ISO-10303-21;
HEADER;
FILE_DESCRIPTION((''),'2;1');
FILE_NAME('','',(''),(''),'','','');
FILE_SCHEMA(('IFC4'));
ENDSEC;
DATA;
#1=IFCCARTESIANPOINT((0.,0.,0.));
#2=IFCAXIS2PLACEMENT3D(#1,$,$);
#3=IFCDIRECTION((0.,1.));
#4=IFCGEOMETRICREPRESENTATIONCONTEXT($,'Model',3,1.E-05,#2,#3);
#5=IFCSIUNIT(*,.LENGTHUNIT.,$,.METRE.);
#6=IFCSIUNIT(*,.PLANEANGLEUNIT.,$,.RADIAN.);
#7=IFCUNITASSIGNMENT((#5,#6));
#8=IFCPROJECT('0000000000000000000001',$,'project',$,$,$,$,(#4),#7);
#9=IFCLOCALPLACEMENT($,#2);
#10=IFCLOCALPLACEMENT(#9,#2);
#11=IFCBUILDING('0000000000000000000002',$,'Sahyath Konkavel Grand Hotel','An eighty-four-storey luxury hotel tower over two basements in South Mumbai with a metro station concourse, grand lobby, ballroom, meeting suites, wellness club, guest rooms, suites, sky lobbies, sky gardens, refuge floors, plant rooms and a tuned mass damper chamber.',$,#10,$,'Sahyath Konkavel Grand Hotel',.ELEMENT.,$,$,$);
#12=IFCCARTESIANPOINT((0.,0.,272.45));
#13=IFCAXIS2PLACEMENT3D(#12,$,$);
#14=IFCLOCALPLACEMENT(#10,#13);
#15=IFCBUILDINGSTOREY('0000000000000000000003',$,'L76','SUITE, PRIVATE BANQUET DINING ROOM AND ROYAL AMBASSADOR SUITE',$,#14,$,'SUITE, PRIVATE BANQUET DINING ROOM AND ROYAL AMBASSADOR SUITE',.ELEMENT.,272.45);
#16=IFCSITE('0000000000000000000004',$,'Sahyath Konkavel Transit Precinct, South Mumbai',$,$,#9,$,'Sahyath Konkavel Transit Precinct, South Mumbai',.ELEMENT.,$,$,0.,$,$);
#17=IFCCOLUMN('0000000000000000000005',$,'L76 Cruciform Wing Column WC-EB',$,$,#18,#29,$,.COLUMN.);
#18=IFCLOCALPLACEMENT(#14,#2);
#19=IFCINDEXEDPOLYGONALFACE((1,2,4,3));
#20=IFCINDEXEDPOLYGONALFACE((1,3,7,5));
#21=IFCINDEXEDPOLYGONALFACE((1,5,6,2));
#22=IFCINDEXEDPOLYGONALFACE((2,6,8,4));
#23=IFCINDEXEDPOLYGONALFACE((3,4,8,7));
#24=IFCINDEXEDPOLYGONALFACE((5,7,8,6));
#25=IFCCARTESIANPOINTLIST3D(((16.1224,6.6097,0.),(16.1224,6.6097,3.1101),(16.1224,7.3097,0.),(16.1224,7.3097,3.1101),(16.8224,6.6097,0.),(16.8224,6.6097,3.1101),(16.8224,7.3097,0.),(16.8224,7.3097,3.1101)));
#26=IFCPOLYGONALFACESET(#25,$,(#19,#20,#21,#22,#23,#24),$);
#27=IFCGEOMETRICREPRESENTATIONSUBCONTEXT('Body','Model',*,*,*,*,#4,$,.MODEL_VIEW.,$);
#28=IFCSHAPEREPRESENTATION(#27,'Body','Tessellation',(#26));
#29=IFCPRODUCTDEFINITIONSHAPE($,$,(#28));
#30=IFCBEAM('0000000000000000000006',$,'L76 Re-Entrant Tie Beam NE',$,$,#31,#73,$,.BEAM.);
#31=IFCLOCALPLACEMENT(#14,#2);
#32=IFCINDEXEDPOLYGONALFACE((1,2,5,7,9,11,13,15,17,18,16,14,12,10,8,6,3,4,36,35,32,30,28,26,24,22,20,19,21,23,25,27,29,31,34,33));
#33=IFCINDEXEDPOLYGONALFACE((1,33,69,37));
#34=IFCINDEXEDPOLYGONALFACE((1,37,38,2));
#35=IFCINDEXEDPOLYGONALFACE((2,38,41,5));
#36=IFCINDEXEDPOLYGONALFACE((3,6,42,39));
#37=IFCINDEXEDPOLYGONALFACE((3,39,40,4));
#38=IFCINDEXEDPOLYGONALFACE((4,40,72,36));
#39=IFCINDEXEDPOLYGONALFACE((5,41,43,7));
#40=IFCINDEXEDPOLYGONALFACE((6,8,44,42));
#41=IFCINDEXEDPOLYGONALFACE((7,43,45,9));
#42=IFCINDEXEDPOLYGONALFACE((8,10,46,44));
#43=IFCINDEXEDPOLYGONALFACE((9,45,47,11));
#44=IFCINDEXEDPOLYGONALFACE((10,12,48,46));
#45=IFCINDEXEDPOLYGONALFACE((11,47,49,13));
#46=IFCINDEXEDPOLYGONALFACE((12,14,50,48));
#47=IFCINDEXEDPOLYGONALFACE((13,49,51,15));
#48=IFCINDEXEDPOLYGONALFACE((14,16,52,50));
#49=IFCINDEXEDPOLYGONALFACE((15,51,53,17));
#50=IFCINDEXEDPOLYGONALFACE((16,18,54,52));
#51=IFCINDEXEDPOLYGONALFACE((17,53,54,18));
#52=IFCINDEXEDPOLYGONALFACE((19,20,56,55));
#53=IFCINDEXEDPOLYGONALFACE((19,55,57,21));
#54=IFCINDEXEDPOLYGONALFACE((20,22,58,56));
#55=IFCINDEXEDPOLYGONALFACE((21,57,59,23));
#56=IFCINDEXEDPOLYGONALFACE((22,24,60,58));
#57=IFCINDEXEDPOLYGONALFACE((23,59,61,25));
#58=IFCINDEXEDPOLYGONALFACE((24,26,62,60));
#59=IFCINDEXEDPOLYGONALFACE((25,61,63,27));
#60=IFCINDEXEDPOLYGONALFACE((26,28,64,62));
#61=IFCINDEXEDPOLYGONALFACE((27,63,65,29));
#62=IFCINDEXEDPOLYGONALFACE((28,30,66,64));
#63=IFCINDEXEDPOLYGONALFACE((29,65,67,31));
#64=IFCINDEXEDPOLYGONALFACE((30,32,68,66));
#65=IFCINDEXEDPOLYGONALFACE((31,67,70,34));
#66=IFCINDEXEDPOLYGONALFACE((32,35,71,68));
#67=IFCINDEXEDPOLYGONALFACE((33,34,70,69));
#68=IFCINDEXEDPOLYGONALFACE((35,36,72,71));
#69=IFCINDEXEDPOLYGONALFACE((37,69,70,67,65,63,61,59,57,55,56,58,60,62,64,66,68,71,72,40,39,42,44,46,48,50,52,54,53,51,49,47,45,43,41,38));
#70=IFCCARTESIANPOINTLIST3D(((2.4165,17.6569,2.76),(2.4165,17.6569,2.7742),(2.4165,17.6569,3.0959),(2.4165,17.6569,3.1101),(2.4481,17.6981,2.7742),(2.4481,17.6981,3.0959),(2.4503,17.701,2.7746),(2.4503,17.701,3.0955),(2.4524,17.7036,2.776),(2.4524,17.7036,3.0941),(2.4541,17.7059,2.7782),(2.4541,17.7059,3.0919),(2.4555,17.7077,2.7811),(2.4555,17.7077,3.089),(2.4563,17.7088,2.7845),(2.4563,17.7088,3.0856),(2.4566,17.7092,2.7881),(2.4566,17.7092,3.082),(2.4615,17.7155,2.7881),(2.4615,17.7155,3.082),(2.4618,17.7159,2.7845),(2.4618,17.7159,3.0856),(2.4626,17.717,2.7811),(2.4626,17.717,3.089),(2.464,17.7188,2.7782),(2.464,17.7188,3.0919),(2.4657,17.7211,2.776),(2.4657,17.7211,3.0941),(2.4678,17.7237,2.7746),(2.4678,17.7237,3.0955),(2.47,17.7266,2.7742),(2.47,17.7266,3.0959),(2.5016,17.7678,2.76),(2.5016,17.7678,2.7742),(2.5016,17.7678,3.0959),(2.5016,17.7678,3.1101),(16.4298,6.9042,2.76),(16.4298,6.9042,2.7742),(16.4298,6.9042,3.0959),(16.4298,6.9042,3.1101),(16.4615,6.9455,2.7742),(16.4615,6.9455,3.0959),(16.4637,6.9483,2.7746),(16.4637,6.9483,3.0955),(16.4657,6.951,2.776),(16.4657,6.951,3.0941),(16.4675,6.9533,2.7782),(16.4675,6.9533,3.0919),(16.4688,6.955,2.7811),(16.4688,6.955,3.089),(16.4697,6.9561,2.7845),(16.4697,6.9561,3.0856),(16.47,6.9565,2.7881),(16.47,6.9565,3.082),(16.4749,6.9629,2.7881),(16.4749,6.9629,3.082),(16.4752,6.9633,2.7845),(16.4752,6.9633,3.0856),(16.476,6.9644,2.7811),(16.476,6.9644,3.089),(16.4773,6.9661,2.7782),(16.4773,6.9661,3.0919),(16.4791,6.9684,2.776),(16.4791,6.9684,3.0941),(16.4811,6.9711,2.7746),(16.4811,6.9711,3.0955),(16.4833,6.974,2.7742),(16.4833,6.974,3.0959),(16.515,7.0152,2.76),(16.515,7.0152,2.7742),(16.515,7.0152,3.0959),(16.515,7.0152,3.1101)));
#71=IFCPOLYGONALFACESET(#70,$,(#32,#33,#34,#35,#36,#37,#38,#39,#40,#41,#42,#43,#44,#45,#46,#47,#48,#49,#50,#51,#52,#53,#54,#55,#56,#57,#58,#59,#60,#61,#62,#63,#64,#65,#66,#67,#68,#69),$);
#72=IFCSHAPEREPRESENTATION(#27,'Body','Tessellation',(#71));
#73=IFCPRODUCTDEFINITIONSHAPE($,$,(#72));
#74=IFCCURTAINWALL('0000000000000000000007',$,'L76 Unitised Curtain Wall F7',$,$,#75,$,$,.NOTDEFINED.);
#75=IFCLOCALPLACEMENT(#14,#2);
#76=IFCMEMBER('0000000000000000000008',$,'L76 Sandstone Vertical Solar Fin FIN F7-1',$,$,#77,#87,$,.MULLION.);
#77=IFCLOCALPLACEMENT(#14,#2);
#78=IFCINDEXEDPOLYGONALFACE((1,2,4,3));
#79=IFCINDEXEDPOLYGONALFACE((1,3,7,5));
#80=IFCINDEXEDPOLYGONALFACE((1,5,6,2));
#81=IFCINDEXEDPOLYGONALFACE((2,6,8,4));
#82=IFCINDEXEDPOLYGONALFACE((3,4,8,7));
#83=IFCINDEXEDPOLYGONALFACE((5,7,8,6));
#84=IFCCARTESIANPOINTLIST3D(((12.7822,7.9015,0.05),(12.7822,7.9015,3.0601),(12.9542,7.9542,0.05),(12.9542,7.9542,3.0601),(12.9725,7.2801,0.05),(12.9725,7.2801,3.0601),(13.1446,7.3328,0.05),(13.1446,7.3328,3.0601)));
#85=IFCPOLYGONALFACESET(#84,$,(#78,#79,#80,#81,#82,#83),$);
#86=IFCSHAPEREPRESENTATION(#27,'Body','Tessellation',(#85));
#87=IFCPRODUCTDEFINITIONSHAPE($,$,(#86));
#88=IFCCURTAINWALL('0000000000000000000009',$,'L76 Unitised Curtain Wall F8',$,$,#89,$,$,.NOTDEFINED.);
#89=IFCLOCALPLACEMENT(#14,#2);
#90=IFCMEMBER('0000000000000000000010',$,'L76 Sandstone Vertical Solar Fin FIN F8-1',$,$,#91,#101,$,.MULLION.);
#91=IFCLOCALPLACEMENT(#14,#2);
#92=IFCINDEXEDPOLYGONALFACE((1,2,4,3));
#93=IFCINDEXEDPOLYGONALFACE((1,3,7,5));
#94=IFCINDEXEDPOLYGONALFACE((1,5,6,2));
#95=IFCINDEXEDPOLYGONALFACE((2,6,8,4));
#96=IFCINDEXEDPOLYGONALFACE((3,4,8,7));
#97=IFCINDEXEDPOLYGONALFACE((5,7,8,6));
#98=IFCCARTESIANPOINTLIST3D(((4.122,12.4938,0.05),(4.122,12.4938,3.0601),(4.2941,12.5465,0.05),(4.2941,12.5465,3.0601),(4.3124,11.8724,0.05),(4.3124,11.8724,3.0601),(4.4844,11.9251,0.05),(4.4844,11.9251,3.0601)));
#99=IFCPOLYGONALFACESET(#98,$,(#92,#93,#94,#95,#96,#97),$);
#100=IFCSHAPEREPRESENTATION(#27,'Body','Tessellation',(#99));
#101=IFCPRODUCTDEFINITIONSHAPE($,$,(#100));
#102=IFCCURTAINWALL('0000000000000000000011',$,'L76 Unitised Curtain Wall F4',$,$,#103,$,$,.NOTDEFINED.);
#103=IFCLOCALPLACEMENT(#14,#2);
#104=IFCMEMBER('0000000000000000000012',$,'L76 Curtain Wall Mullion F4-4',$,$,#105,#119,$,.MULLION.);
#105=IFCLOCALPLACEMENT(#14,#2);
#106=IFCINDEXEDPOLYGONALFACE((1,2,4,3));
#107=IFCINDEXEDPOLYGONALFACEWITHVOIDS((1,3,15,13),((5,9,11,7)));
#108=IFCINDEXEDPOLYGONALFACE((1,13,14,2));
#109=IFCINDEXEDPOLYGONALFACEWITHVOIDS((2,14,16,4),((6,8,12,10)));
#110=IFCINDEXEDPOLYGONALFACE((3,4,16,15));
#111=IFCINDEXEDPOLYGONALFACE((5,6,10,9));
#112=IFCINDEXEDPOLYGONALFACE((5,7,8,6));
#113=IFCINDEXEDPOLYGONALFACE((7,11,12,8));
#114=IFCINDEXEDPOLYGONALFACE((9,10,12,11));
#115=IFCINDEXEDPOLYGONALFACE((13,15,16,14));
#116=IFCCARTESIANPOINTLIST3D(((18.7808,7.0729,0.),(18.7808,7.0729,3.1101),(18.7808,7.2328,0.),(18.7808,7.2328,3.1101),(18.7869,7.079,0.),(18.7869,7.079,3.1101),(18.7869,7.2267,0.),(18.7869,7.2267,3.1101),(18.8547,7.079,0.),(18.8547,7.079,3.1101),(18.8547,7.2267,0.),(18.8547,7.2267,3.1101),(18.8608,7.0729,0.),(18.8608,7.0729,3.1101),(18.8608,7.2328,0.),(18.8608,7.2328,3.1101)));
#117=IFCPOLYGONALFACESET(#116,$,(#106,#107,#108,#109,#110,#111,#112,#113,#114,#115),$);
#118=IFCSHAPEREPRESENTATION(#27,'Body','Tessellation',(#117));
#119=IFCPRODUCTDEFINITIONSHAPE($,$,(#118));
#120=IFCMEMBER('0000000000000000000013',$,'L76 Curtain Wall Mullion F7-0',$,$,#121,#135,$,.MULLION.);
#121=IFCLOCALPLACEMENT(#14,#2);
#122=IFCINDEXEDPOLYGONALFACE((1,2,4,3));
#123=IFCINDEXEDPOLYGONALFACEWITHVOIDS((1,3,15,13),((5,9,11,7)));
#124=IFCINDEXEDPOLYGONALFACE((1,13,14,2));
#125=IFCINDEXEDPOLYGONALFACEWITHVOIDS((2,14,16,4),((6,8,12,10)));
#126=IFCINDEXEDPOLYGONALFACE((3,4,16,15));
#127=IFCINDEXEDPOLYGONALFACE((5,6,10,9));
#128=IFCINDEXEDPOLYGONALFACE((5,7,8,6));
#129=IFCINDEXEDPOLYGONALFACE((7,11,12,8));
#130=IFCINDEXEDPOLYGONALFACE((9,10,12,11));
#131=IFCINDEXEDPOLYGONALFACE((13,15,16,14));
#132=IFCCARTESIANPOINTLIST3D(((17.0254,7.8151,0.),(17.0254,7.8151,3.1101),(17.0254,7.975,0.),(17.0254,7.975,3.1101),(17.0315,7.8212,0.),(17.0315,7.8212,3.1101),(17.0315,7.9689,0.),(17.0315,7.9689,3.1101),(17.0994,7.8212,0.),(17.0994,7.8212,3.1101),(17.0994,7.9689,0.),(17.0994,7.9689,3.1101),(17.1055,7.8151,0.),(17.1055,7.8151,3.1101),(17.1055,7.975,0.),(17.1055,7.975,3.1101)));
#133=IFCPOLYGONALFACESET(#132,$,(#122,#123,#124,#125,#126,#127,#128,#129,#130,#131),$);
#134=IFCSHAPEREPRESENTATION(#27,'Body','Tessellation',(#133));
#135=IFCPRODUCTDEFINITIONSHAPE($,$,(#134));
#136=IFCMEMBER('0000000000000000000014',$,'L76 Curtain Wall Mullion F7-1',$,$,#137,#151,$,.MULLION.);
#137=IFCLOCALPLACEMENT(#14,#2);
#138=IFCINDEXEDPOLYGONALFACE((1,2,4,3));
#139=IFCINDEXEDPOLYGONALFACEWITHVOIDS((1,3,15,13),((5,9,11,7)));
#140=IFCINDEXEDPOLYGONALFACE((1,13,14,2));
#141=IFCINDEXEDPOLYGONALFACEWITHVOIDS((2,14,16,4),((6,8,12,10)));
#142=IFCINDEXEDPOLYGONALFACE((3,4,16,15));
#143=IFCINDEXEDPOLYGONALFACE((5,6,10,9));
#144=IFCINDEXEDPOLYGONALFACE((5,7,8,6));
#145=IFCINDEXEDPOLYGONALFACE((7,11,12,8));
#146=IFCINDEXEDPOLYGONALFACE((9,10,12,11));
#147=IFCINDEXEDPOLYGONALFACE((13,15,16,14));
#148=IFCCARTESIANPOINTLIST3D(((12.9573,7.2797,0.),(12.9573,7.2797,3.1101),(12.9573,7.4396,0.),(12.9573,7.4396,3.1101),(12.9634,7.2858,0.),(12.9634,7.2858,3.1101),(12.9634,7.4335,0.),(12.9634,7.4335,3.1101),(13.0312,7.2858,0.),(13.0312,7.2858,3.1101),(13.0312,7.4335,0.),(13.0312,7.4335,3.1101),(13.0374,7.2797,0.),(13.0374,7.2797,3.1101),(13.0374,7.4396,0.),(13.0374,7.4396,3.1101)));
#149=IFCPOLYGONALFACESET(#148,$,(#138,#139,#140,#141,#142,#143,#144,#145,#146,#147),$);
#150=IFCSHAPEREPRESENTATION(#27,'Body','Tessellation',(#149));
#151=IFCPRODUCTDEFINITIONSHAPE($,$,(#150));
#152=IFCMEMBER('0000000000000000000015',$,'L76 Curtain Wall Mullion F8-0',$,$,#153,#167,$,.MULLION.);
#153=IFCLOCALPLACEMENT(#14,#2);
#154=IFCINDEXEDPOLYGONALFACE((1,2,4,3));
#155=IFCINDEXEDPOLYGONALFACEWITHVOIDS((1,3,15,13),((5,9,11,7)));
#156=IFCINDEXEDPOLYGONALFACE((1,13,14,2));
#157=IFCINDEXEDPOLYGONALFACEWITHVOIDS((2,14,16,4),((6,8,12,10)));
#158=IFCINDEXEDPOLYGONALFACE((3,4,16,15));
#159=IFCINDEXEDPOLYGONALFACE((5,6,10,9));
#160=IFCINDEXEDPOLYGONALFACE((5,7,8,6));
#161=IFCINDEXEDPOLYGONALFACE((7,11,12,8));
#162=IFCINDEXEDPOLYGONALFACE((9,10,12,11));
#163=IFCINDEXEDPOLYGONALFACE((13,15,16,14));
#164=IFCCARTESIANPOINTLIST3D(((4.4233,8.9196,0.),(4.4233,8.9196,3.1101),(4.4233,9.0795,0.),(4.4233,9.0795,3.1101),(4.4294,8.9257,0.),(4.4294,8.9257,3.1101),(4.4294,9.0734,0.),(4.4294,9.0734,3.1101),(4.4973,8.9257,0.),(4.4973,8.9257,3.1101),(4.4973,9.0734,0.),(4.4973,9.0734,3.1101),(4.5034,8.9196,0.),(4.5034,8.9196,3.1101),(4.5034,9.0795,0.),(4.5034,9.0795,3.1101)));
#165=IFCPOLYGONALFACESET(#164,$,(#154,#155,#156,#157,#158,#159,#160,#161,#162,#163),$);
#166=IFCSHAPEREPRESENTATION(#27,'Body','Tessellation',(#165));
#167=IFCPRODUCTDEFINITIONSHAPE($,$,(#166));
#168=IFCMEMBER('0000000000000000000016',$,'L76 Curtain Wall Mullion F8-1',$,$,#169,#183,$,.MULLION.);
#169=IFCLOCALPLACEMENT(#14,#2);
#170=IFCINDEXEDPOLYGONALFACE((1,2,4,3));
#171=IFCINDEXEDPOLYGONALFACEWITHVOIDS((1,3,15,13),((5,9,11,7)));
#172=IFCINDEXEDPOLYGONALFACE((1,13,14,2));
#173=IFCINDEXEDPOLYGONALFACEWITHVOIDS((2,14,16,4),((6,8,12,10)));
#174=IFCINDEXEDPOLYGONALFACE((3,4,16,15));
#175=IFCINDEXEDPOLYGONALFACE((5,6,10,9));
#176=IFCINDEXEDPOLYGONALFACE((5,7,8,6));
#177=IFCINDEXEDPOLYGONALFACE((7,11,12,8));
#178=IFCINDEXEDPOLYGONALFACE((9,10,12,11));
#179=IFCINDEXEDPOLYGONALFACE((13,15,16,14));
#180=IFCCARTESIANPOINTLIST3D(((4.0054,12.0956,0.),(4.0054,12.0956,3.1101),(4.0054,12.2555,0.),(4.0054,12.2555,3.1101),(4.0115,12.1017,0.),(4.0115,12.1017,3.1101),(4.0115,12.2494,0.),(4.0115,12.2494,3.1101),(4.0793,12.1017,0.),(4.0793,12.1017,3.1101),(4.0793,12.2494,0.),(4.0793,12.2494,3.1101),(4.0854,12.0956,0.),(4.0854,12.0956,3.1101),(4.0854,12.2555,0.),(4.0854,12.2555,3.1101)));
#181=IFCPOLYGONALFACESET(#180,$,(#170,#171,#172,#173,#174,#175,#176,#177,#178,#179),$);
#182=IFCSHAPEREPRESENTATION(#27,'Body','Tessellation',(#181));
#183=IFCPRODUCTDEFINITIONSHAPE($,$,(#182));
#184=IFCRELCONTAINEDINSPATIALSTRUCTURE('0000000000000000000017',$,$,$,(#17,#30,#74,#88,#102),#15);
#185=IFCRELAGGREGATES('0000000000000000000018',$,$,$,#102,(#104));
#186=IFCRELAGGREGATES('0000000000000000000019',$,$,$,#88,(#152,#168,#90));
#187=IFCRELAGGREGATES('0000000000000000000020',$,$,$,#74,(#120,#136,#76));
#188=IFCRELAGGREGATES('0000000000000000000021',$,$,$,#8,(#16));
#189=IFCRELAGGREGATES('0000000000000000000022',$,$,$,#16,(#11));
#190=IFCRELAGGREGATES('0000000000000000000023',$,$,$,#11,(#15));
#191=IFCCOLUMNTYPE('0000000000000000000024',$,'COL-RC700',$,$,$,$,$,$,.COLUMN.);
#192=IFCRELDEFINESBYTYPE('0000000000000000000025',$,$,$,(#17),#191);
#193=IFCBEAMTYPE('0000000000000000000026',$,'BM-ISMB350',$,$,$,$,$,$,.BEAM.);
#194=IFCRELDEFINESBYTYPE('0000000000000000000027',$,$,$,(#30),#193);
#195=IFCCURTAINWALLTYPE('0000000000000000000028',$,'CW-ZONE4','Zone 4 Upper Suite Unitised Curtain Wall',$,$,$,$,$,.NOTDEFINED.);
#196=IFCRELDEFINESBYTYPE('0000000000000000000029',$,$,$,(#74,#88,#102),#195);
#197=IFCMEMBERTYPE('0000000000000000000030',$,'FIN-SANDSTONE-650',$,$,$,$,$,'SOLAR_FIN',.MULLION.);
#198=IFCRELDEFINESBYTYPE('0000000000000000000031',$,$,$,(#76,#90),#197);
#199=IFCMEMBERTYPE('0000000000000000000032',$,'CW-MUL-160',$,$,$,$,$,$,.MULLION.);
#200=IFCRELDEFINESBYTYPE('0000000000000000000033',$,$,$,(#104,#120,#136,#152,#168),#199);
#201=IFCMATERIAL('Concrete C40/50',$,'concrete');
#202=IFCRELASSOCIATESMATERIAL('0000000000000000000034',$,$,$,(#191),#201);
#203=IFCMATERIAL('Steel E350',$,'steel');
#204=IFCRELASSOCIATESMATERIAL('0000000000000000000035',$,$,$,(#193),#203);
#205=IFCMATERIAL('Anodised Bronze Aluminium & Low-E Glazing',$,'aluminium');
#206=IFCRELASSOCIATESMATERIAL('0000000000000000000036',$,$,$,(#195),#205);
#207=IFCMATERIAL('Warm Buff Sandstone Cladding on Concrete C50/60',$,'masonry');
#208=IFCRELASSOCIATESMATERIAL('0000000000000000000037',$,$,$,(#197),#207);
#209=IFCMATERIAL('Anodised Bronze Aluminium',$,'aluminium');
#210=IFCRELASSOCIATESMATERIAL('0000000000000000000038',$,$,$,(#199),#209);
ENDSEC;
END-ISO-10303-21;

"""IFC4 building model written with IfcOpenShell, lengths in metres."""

from ifc_helpers import new_model, si_unit, direction, frame, origin, origin_2d, place, context, subcontext, project, spatial, rectangle, hollow_rectangle, i_section, extrude, source, transform, mapped, material, material_profile, profile_set, type_object, element, aggregate, save


model = new_model("IFC4")

# Units and contexts
model_context = context("Model", 3, precision=1e-05, world=origin(), true_north=direction((0.0, 1.0)))
body_context = subcontext(model_context, "Body", "Model", "MODEL_VIEW")
ifc_project = project(units=[si_unit("LENGTHUNIT", "METRE"), si_unit("PLANEANGLEUNIT", "RADIAN")], contexts=[model_context])

# Site, building, storey
site_placement = place(None, origin())
site = spatial("IfcSite", under=ifc_project, at=site_placement, Name="Sahyath Konkavel Transit Precinct, South Mumbai", LongName="Sahyath Konkavel Transit Precinct, South Mumbai", CompositionType="ELEMENT", RefElevation=0.0)
building_placement = place(site_placement, origin())
building = spatial("IfcBuilding", under=site, at=building_placement, Name="Sahyath Konkavel Grand Hotel", Description="An eighty-four-storey luxury hotel tower over two basements in South Mumbai with a metro station concourse, grand lobby, ballroom, meeting suites, wellness club, guest rooms, suites, sky lobbies, sky gardens, refuge floors, plant rooms and a tuned mass damper chamber.", LongName="Sahyath Konkavel Grand Hotel", CompositionType="ELEMENT")
storey_placement = place(building_placement, frame((0.0, 0.0, 272.45)))
storey = spatial("IfcBuildingStorey", under=building, at=storey_placement, Name="L76", Description="SUITE, PRIVATE BANQUET DINING ROOM AND ROYAL AMBASSADOR SUITE", LongName="SUITE, PRIVATE BANQUET DINING ROOM AND ROYAL AMBASSADOR SUITE", CompositionType="ELEMENT", Elevation=272.45)

# Column
ifc_material_1 = material(Name="Concrete C40/50", Category="concrete")
ifc_material_profile_1 = material_profile(ifc_material_1, rectangle(XDim=0.7, YDim=0.7, at=origin_2d()), Name="RC 700x700")
ifc_profile_set_1 = profile_set([ifc_material_profile_1], Name="Concrete C40/50")
column_type = type_object("IfcColumnType", Name="COL-RC700", PredefinedType="COLUMN", material=ifc_profile_set_1)
shared_shape_1 = source(origin(), body_context, "Body", "SweptSolid", [
    extrude(rectangle(XDim=0.7, YDim=0.7, at=origin_2d()), origin(), (0.0, 0.0, 1.0), 3.1101),
])
column_placement = place(storey_placement, frame((16.4724, 6.9597, 0.0), z_axis=(0.0, 0.0, 1.0), x_axis=(1.0, 0.0, 0.0)))
element("IfcColumn", 1, at=column_placement, inside=storey, type_object=column_type, Name="L76 Cruciform Wing Column WC-EB", PredefinedType="COLUMN", context=body_context, shape_type="MappedRepresentation", body=[
    mapped(shared_shape_1, transform((0.0, 0.0, 0.0), scale=1.0)),
])

# Beam
ifc_material_2 = material(Name="Steel E350", Category="steel")
ifc_material_profile_2 = material_profile(ifc_material_2, i_section(OverallWidth=0.1399, OverallDepth=0.3501, WebThickness=0.0081, FlangeThickness=0.0142, FilletRadius=0.0139, at=origin_2d()), Name="ISMB 350")
ifc_profile_set_2 = profile_set([ifc_material_profile_2], Name="Steel E350")
beam_type = type_object("IfcBeamType", Name="BM-ISMB350", PredefinedType="BEAM", material=ifc_profile_set_2)
shared_shape_2 = source(origin(), body_context, "Body", "SweptSolid", [
    extrude(i_section(OverallWidth=0.1399, OverallDepth=0.3501, WebThickness=0.0081, FlangeThickness=0.0142, FilletRadius=0.0139, at=origin_2d()), origin(), (0.0, 0.0, 1.0), 17.6633),
])
beam_placement = place(storey_placement, frame((16.4724, 6.9597, 2.9351), z_axis=(-0.793359, 0.608754, 0.0), x_axis=(-0.608754, -0.793359, 0.0)))
element("IfcBeam", 2, at=beam_placement, inside=storey, type_object=beam_type, Name="L76 Re-Entrant Tie Beam NE", PredefinedType="BEAM", context=body_context, shape_type="MappedRepresentation", body=[
    mapped(shared_shape_2, transform((0.0, 0.0, 0.0), scale=1.0)),
])

# Curtain walls, members
ifc_material_3 = material(Name="Anodised Bronze Aluminium & Low-E Glazing", Category="aluminium")
curtain_wall_type = type_object("IfcCurtainWallType", Name="CW-ZONE4", Description="Zone 4 Upper Suite Unitised Curtain Wall", PredefinedType="NOTDEFINED", material=ifc_material_3)
curtain_wall_1_placement = place(storey_placement, origin())
curtain_wall_1 = element("IfcCurtainWall", 3, at=curtain_wall_1_placement, inside=storey, type_object=curtain_wall_type, Name="L76 Unitised Curtain Wall F7", PredefinedType="NOTDEFINED")
ifc_material_4 = material(Name="Warm Buff Sandstone Cladding on Concrete C50/60", Category="masonry")
ifc_material_profile_3 = material_profile(ifc_material_4, rectangle(XDim=0.1799, YDim=0.6499, at=origin_2d()), Name="FIN 180x650")
ifc_profile_set_3 = profile_set([ifc_material_profile_3], Name="Warm Buff Sandstone Cladding on Concrete C50/60")
member_type_1 = type_object("IfcMemberType", Name="FIN-SANDSTONE-650", ElementType="SOLAR_FIN", PredefinedType="MULLION", material=ifc_profile_set_3)
shared_shape_3 = source(origin(), body_context, "Body", "SweptSolid", [
    extrude(rectangle(XDim=0.1799, YDim=0.6499, at=origin_2d()), origin(), (0.0, 0.0, 1.0), 3.01),
])
member_1_placement = place(storey_placement, frame((12.9634, 7.6172, 0.05), z_axis=(0.0, 0.0, 1.0), x_axis=(0.956152, 0.292872, 0.0)))
member_1 = element("IfcMember", 4, at=member_1_placement, type_object=member_type_1, Name="L76 Sandstone Vertical Solar Fin FIN F7-1", PredefinedType="MULLION", context=body_context, shape_type="MappedRepresentation", body=[
    mapped(shared_shape_3, transform((0.0, 0.0, 0.0), scale=1.0)),
])
curtain_wall_2_placement = place(storey_placement, origin())
curtain_wall_2 = element("IfcCurtainWall", 5, at=curtain_wall_2_placement, inside=storey, type_object=curtain_wall_type, Name="L76 Unitised Curtain Wall F8", PredefinedType="NOTDEFINED")
member_2_placement = place(storey_placement, frame((4.3032, 12.2095, 0.05), z_axis=(0.0, 0.0, 1.0), x_axis=(0.956152, 0.292872, 0.0)))
member_2 = element("IfcMember", 6, at=member_2_placement, type_object=member_type_1, Name="L76 Sandstone Vertical Solar Fin FIN F8-1", PredefinedType="MULLION", context=body_context, shape_type="MappedRepresentation", body=[
    mapped(shared_shape_3, transform((0.0, 0.0, 0.0), scale=1.0)),
])
curtain_wall_3_placement = place(storey_placement, origin())
curtain_wall_3 = element("IfcCurtainWall", 7, at=curtain_wall_3_placement, inside=storey, type_object=curtain_wall_type, Name="L76 Unitised Curtain Wall F4", PredefinedType="NOTDEFINED")
ifc_material_5 = material(Name="Anodised Bronze Aluminium", Category="aluminium")
ifc_material_profile_4 = material_profile(ifc_material_5, hollow_rectangle(XDim=0.0801, YDim=0.1599, WallThickness=0.0061, at=origin_2d()), Name="RHS 160x80x6")
ifc_profile_set_4 = profile_set([ifc_material_profile_4], Name="Anodised Bronze Aluminium")
member_type_2 = type_object("IfcMemberType", Name="CW-MUL-160", PredefinedType="MULLION", material=ifc_profile_set_4)
shared_shape_4 = source(origin(), body_context, "Body", "SweptSolid", [
    extrude(hollow_rectangle(XDim=0.0801, YDim=0.1599, WallThickness=0.0061, at=origin_2d()), origin(), (0.0, 0.0, 1.0), 3.1101),
])
member_3_placement = place(storey_placement, frame((18.8208, 7.1528, 0.0), z_axis=(0.0, 0.0, 1.0), x_axis=(1.0, 0.0, 0.0)))
member_3 = element("IfcMember", 8, at=member_3_placement, type_object=member_type_2, Name="L76 Curtain Wall Mullion F4-4", PredefinedType="MULLION", context=body_context, shape_type="MappedRepresentation", body=[
    mapped(shared_shape_4, transform((0.0, 0.0, 0.0), scale=1.0)),
])
aggregate(curtain_wall_3, [member_3])

# Members
member_4_placement = place(storey_placement, frame((17.0654, 7.895, 0.0), z_axis=(0.0, 0.0, 1.0), x_axis=(1.0, 0.0, 0.0)))
member_4 = element("IfcMember", 9, at=member_4_placement, type_object=member_type_2, Name="L76 Curtain Wall Mullion F7-0", PredefinedType="MULLION", context=body_context, shape_type="MappedRepresentation", body=[
    mapped(shared_shape_4, transform((0.0, 0.0, 0.0), scale=1.0)),
])
member_5_placement = place(storey_placement, frame((12.9973, 7.3596, 0.0), z_axis=(0.0, 0.0, 1.0), x_axis=(1.0, 0.0, 0.0)))
member_5 = element("IfcMember", 10, at=member_5_placement, type_object=member_type_2, Name="L76 Curtain Wall Mullion F7-1", PredefinedType="MULLION", context=body_context, shape_type="MappedRepresentation", body=[
    mapped(shared_shape_4, transform((0.0, 0.0, 0.0), scale=1.0)),
])
member_6_placement = place(storey_placement, frame((4.4634, 8.9995, 0.0), z_axis=(0.0, 0.0, 1.0), x_axis=(1.0, 0.0, 0.0)))
member_6 = element("IfcMember", 11, at=member_6_placement, type_object=member_type_2, Name="L76 Curtain Wall Mullion F8-0", PredefinedType="MULLION", context=body_context, shape_type="MappedRepresentation", body=[
    mapped(shared_shape_4, transform((0.0, 0.0, 0.0), scale=1.0)),
])
member_7_placement = place(storey_placement, frame((4.0454, 12.1755, 0.0), z_axis=(0.0, 0.0, 1.0), x_axis=(1.0, 0.0, 0.0)))
member_7 = element("IfcMember", 12, at=member_7_placement, type_object=member_type_2, Name="L76 Curtain Wall Mullion F8-1", PredefinedType="MULLION", context=body_context, shape_type="MappedRepresentation", body=[
    mapped(shared_shape_4, transform((0.0, 0.0, 0.0), scale=1.0)),
])

aggregate(curtain_wall_2, [member_6, member_7, member_2])
aggregate(curtain_wall_1, [member_4, member_5, member_1])

save(model, "model.ifc")
